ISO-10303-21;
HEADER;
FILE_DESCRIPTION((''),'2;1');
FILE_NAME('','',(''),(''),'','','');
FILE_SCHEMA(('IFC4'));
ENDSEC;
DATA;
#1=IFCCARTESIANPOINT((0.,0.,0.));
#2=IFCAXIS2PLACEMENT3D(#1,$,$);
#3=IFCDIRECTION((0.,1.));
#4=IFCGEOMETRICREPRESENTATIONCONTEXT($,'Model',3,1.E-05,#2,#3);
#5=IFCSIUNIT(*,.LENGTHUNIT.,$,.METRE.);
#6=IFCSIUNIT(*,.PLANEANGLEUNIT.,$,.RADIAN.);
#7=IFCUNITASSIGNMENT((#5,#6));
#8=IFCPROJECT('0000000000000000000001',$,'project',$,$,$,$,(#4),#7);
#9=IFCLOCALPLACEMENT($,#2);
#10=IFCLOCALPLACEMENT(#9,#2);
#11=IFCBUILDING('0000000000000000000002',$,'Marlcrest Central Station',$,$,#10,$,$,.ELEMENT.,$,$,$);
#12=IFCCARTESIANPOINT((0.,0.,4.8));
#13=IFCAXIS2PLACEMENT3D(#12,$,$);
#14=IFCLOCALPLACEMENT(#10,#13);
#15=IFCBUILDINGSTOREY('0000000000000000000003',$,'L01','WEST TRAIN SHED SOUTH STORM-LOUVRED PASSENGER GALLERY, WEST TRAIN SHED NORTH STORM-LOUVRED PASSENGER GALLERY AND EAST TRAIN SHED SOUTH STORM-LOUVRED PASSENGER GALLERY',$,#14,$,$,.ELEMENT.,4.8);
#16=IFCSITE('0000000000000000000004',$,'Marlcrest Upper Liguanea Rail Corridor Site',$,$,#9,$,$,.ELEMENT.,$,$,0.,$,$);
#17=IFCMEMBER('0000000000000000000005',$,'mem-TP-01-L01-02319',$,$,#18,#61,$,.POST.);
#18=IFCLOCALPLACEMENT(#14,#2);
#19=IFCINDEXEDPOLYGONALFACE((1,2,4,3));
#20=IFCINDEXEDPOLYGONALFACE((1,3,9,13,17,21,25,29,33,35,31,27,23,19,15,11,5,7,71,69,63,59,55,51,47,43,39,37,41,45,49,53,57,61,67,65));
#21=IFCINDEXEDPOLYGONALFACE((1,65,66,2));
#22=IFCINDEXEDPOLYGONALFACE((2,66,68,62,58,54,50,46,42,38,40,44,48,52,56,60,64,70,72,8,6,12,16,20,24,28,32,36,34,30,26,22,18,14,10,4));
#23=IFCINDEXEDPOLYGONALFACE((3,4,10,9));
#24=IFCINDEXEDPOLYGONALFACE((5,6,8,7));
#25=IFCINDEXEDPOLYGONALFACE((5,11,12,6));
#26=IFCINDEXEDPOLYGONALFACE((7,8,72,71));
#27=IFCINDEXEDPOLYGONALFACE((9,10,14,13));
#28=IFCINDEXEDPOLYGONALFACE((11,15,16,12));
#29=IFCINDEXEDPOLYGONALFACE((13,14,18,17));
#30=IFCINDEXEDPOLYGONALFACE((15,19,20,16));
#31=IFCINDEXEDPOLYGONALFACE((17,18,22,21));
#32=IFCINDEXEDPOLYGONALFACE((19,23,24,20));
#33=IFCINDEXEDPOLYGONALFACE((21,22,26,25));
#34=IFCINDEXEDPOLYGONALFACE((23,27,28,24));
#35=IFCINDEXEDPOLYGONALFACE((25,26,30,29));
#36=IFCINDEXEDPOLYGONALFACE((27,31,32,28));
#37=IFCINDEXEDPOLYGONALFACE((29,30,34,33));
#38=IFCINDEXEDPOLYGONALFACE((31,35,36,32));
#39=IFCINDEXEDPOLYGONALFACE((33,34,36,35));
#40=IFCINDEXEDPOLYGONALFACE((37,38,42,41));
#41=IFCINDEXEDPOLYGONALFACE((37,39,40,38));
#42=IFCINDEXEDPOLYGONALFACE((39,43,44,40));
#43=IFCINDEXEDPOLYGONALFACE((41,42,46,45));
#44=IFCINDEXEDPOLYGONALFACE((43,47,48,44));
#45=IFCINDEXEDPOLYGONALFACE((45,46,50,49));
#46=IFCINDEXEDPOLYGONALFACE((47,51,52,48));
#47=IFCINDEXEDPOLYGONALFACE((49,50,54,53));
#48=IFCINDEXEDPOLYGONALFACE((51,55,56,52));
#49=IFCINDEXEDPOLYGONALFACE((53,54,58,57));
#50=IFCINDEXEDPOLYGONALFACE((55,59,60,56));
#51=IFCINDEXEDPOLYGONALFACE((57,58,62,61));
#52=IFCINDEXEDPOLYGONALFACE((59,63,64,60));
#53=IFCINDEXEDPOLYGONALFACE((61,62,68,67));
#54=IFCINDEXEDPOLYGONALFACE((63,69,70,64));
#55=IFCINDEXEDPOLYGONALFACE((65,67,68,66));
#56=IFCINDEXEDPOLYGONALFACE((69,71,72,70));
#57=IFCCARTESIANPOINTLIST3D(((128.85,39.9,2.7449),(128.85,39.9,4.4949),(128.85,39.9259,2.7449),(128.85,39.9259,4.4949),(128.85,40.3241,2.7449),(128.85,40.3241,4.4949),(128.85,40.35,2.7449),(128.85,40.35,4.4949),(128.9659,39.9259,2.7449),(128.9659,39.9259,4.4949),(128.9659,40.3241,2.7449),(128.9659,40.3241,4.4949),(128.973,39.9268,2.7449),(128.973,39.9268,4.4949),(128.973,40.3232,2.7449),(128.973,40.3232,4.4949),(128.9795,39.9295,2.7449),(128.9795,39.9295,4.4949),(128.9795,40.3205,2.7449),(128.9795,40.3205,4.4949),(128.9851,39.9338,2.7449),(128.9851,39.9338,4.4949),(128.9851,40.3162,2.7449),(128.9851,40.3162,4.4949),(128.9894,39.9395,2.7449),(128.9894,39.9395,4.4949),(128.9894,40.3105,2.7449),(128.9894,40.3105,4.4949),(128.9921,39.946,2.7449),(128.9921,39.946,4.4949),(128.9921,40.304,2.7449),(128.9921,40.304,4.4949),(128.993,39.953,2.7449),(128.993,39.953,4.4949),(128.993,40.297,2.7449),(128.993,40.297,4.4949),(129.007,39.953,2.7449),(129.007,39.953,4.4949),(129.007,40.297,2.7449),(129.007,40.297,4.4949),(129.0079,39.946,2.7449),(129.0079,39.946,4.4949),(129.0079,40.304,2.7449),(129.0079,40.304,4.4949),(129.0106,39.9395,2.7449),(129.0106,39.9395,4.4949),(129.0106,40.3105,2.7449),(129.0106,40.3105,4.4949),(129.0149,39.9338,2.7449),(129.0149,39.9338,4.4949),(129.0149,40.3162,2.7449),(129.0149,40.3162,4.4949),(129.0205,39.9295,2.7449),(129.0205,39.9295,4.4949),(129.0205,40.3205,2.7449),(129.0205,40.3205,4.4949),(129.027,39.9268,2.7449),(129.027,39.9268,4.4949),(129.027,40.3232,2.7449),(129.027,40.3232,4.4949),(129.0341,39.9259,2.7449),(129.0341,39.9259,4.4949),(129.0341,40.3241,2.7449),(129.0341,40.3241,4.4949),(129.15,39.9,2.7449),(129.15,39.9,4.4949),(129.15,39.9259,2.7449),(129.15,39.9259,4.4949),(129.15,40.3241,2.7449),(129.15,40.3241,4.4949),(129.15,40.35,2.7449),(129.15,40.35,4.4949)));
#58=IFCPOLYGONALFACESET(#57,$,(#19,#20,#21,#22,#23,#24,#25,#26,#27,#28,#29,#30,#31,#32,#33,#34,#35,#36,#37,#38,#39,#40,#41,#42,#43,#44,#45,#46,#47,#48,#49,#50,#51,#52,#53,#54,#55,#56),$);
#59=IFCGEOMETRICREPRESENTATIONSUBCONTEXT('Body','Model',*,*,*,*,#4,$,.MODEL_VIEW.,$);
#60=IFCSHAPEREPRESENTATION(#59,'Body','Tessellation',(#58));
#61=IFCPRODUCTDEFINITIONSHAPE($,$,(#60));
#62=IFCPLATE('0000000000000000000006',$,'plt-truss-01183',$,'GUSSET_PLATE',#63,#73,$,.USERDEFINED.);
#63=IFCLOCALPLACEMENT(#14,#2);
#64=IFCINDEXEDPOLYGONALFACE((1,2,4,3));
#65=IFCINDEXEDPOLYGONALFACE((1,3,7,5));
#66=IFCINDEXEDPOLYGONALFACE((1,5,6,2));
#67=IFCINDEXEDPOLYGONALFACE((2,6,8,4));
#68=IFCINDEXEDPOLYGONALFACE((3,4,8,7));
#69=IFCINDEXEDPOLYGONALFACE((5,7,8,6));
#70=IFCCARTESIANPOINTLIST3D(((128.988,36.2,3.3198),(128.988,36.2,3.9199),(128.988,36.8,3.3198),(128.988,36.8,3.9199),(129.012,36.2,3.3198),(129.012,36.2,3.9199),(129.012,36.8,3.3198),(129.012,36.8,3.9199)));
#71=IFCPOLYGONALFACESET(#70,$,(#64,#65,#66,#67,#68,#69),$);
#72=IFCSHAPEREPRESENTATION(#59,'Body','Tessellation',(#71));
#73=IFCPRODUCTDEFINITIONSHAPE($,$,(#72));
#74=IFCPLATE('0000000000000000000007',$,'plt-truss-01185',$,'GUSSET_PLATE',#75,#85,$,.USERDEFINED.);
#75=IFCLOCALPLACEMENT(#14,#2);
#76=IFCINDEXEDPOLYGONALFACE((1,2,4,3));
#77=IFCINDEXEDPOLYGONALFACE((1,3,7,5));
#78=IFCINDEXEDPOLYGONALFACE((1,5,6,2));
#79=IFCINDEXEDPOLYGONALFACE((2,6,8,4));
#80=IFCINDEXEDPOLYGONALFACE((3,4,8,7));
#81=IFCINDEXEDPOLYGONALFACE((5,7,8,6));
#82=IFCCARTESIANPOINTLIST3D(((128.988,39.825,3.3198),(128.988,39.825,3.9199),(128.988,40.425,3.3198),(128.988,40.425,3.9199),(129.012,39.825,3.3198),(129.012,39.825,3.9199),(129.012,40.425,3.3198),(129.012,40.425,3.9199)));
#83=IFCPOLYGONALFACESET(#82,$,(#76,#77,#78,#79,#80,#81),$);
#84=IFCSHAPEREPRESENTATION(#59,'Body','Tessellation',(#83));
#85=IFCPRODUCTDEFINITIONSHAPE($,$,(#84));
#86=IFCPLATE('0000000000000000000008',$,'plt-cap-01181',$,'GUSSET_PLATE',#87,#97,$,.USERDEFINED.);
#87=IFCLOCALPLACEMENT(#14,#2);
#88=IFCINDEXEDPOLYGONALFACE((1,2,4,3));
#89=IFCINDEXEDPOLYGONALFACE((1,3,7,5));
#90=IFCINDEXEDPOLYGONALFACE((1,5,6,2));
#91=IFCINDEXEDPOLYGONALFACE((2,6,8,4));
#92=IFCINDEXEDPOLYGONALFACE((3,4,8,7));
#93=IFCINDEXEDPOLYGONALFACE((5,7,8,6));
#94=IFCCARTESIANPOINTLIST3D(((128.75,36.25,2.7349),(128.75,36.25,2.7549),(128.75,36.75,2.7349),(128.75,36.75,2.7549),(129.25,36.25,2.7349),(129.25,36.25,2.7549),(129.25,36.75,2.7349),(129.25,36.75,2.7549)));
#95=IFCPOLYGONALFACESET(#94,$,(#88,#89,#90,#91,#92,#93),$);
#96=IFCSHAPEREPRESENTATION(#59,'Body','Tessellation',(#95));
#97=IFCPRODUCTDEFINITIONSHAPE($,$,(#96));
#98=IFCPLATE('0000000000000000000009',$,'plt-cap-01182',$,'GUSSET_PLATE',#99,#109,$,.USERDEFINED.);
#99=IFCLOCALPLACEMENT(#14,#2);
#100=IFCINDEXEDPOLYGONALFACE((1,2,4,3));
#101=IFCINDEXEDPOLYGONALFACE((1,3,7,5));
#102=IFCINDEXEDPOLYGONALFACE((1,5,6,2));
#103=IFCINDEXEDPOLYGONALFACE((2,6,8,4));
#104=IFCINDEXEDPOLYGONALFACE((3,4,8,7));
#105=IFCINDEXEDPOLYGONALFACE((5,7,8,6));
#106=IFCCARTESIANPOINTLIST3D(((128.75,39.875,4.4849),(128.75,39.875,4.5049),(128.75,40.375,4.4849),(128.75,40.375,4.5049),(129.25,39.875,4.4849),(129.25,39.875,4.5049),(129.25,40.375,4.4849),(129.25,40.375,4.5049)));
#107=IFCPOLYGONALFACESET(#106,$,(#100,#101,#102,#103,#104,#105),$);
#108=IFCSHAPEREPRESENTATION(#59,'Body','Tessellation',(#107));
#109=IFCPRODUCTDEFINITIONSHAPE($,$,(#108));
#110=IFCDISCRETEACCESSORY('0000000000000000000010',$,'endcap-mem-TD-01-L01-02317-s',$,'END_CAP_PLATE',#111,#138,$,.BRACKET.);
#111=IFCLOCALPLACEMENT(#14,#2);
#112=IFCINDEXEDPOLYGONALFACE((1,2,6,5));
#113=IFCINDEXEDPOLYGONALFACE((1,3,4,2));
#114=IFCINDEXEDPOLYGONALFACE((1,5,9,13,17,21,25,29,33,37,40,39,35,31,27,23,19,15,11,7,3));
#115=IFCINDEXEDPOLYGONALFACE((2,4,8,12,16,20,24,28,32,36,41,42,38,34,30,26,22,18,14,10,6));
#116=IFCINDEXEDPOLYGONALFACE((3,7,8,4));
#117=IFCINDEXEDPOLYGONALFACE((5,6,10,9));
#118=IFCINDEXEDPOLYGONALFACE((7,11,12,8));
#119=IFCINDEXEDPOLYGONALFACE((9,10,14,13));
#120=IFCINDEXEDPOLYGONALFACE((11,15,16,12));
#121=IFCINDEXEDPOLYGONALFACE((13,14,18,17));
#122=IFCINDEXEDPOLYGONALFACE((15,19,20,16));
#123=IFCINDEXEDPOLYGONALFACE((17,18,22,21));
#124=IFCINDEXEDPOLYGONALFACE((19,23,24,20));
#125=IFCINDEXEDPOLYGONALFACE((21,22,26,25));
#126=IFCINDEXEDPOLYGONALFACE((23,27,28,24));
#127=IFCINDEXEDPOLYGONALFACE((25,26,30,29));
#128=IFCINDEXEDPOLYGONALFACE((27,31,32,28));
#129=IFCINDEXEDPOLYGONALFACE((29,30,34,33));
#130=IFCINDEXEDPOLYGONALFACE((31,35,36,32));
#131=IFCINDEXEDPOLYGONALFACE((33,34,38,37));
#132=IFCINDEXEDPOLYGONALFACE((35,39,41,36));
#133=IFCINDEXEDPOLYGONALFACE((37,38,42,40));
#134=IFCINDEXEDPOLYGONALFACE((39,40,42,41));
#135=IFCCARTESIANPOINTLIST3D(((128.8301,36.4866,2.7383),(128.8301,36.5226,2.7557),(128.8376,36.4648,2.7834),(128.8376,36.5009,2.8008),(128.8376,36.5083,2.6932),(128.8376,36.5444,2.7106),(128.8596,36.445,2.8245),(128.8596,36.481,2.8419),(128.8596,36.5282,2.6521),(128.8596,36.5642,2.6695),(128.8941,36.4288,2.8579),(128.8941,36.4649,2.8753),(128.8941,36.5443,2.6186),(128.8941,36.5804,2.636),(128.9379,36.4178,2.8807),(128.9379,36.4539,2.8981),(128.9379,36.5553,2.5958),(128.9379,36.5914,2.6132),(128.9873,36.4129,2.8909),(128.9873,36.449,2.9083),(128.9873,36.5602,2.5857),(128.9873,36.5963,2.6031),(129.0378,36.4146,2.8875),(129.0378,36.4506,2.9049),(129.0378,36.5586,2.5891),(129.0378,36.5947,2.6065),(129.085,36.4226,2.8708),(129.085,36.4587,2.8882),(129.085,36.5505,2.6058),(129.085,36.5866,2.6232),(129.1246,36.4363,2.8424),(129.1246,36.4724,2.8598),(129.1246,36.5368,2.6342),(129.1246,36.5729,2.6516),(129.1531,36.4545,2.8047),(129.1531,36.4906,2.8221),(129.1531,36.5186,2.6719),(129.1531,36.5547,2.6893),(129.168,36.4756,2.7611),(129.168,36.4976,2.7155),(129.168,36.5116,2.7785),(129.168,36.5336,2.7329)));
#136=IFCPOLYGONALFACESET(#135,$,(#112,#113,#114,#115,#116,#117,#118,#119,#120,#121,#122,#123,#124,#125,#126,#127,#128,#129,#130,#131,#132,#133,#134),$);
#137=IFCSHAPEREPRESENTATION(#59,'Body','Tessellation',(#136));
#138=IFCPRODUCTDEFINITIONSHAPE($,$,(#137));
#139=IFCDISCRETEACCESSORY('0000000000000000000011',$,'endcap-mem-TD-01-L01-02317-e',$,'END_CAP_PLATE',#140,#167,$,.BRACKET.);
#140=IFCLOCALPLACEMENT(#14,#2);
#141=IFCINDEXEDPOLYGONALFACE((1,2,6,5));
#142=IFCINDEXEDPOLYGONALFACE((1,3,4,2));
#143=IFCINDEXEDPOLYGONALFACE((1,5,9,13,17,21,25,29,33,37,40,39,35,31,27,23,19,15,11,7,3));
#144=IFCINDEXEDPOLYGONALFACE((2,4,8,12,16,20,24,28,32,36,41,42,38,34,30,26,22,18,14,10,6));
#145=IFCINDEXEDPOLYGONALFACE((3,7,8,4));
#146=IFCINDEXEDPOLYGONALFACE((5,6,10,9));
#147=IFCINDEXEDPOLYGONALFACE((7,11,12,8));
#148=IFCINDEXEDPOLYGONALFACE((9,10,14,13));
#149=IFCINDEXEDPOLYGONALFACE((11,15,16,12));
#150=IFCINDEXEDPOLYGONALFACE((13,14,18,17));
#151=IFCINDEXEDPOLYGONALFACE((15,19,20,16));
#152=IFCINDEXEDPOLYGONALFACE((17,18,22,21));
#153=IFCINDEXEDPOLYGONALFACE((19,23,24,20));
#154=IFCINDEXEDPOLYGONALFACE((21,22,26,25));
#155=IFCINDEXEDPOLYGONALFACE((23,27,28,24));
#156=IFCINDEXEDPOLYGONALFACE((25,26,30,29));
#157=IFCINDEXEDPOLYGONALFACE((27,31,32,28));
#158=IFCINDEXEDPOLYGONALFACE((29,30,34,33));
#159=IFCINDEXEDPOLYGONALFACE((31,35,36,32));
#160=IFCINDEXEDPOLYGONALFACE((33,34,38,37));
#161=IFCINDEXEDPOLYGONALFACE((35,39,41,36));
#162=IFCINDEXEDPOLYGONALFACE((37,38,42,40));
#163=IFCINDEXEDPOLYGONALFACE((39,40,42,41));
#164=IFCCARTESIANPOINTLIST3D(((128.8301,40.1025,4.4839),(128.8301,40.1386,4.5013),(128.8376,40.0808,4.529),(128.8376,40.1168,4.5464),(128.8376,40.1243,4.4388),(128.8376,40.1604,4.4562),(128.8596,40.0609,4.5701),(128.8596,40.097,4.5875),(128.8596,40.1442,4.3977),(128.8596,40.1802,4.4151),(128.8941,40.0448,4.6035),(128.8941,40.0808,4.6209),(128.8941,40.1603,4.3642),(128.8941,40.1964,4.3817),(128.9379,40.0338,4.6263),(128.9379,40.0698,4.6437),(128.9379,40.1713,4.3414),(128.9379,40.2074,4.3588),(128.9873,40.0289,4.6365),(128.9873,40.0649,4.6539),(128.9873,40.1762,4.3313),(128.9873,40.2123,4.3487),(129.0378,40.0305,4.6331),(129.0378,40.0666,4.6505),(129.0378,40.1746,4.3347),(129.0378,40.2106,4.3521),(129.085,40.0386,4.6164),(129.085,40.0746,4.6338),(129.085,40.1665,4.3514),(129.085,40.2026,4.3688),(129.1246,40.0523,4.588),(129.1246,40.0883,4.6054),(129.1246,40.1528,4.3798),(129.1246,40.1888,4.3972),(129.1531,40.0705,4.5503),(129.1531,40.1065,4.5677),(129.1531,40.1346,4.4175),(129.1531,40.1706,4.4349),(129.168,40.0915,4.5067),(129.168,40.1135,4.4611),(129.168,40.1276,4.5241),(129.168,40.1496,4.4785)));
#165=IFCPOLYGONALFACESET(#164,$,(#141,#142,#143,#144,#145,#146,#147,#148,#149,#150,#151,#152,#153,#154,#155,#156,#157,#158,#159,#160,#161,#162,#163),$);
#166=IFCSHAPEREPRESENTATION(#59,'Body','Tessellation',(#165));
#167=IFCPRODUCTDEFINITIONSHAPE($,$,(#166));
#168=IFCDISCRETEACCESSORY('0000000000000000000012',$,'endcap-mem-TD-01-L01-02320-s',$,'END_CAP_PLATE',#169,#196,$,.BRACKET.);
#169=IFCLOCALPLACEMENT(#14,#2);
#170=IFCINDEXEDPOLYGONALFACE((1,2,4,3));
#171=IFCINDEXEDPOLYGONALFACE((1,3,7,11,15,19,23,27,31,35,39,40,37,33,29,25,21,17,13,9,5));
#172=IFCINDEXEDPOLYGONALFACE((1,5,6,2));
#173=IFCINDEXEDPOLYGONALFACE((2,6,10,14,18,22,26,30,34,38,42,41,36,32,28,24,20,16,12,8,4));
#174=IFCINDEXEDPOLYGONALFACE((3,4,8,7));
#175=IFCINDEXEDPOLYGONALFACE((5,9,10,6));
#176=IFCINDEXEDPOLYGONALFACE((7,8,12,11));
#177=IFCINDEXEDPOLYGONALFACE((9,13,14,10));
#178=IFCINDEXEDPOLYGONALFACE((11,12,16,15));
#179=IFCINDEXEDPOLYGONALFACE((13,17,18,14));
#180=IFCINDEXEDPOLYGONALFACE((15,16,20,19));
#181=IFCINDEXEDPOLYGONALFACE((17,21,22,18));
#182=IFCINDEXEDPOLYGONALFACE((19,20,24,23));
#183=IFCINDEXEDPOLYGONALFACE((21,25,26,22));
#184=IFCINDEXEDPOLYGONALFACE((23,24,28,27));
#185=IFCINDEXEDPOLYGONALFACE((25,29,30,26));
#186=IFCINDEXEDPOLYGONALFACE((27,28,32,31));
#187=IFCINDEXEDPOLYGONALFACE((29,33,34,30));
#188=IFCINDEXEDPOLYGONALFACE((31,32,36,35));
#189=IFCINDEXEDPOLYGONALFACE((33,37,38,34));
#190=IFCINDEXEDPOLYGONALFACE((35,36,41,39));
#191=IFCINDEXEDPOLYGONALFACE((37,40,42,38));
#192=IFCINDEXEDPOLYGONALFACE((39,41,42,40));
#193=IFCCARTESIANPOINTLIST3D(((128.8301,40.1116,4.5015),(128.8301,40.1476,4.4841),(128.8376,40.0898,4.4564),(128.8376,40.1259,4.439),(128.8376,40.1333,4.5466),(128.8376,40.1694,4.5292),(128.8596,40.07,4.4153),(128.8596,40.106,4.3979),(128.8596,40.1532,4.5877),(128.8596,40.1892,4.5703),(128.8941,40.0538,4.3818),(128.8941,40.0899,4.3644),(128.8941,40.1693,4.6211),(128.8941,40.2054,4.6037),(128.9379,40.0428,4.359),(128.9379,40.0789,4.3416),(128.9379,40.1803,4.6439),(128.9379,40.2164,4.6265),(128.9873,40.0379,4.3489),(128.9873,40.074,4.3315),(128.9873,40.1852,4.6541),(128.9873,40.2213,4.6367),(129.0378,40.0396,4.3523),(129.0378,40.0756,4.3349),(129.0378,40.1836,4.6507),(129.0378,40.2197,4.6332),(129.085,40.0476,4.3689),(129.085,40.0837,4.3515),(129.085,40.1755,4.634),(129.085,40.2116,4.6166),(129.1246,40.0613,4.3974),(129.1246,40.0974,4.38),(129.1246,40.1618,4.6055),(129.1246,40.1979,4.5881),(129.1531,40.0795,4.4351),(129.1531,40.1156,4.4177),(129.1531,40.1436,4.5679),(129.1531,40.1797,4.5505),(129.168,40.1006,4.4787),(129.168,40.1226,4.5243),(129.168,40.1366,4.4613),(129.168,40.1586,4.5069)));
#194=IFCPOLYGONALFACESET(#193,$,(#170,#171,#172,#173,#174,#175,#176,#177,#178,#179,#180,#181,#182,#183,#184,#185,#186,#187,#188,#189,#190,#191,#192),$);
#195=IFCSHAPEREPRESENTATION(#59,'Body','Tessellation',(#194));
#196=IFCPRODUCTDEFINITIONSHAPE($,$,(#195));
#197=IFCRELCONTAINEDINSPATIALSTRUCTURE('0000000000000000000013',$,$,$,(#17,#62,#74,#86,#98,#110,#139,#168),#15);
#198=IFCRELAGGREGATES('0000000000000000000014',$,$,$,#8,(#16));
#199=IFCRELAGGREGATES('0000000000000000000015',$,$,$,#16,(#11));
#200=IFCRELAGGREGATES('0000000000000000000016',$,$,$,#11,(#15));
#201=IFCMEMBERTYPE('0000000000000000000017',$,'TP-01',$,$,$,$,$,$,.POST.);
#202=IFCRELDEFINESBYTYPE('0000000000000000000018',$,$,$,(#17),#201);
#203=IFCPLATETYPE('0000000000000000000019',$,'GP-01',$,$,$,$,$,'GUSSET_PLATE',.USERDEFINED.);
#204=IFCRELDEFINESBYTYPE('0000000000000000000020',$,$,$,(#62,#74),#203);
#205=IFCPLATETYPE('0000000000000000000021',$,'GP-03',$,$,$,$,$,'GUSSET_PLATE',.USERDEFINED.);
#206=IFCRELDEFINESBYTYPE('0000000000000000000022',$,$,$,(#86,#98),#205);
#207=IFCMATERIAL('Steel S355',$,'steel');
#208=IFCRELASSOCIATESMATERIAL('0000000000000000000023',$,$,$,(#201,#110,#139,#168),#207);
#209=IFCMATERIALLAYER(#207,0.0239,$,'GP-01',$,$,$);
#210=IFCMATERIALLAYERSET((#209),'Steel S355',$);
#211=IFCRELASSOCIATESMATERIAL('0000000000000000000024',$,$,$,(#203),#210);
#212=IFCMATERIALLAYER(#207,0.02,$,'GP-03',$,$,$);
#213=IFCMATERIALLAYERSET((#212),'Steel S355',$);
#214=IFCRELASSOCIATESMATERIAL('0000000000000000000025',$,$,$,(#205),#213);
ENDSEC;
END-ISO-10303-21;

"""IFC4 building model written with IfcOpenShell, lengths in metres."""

from ifc_helpers import new_model, si_unit, direction, frame, origin, origin_2d, place, context, subcontext, project, spatial, rectangle, circle, i_section, extrude, material, layer, layer_set, material_profile, profile_set, type_object, element, save


model = new_model("IFC4")

# Units and contexts
model_context = context("Model", 3, precision=1e-05, world=origin(), true_north=direction((0.0, 1.0)))
body_context = subcontext(model_context, "Body", "Model", "MODEL_VIEW")
ifc_project = project(units=[si_unit("LENGTHUNIT", "METRE"), si_unit("PLANEANGLEUNIT", "RADIAN")], contexts=[model_context])

# Site, building, storey
site_placement = place(None, origin())
site = spatial("IfcSite", under=ifc_project, at=site_placement, Name="Marlcrest Upper Liguanea Rail Corridor Site", CompositionType="ELEMENT", RefElevation=0.0)
building_placement = place(site_placement, origin())
building = spatial("IfcBuilding", under=site, at=building_placement, Name="Marlcrest Central Station", CompositionType="ELEMENT")
storey_placement = place(building_placement, frame((0.0, 0.0, 4.8)))
storey = spatial("IfcBuildingStorey", under=building, at=storey_placement, Name="L01", Description="WEST TRAIN SHED SOUTH STORM-LOUVRED PASSENGER GALLERY, WEST TRAIN SHED NORTH STORM-LOUVRED PASSENGER GALLERY AND EAST TRAIN SHED SOUTH STORM-LOUVRED PASSENGER GALLERY", CompositionType="ELEMENT", Elevation=4.8)

# Shared definitions
ifc_material_1 = material(Name="Steel S355", Category="steel")

# Member
ifc_material_profile_1 = material_profile(ifc_material_1, i_section(OverallWidth=0.3, OverallDepth=0.45, WebThickness=0.0139, FlangeThickness=0.0259, FilletRadius=0.0271, at=origin_2d()), Name="HEB 450")
ifc_profile_set_1 = profile_set([ifc_material_profile_1], Name="Steel S355")
member_type_1 = type_object("IfcMemberType", Name="TP-01", PredefinedType="POST", material=ifc_profile_set_1)
for number, where, z_axis, x_axis, name in (
    (1, (129.0, 40.125, 2.7449), (0.0, 0.0, 1.0), (1.0, 0.0, 0.0), "mem-TP-01-L01-02319"),
):
    element("IfcMember", number, at=place(storey_placement, frame(where, z_axis=z_axis, x_axis=x_axis)), inside=storey, type_object=member_type_1, Name=name, PredefinedType="POST", context=body_context, shape_type="SweptSolid", body=[
        extrude(i_section(OverallWidth=0.3, OverallDepth=0.45, WebThickness=0.0139, FlangeThickness=0.0259, FilletRadius=0.0271, at=origin_2d()), origin(), (0.0, 0.0, 1.0), 1.75),
    ])

# Plates
ifc_layer_1 = layer(ifc_material_1, 0.0239, Name="GP-01")
ifc_layer_set_1 = layer_set([ifc_layer_1], Name="Steel S355")
plate_type_1 = type_object("IfcPlateType", Name="GP-01", ElementType="GUSSET_PLATE", PredefinedType="USERDEFINED", material=ifc_layer_set_1)
for number, where, z_axis, x_axis, name in (
    (2, (129.0, 36.5, 3.3198), (0.0, 0.0, 1.0), (1.0, 0.0, 0.0), "plt-truss-01183"),
    (3, (129.0, 40.125, 3.3198), (0.0, 0.0, 1.0), (1.0, 0.0, 0.0), "plt-truss-01185"),
):
    element("IfcPlate", number, at=place(storey_placement, frame(where, z_axis=z_axis, x_axis=x_axis)), inside=storey, type_object=plate_type_1, Name=name, ObjectType="GUSSET_PLATE", PredefinedType="USERDEFINED", context=body_context, shape_type="SweptSolid", body=[
        extrude(rectangle(XDim=0.0239, YDim=0.6001, at=origin_2d()), origin(), (0.0, 0.0, 1.0), 0.6001),
    ])
ifc_layer_2 = layer(ifc_material_1, 0.02, Name="GP-03")
ifc_layer_set_2 = layer_set([ifc_layer_2], Name="Steel S355")
plate_type_2 = type_object("IfcPlateType", Name="GP-03", ElementType="GUSSET_PLATE", PredefinedType="USERDEFINED", material=ifc_layer_set_2)
for number, where, z_axis, x_axis, name in (
    (4, (129.0, 36.5, 2.7349), (0.0, 0.0, 1.0), (1.0, 0.0, 0.0), "plt-cap-01181"),
    (5, (129.0, 40.125, 4.4849), (0.0, 0.0, 1.0), (1.0, 0.0, 0.0), "plt-cap-01182"),
):
    element("IfcPlate", number, at=place(storey_placement, frame(where, z_axis=z_axis, x_axis=x_axis)), inside=storey, type_object=plate_type_2, Name=name, ObjectType="GUSSET_PLATE", PredefinedType="USERDEFINED", context=body_context, shape_type="SweptSolid", body=[
        extrude(rectangle(XDim=0.5, YDim=0.5, at=origin_2d()), origin(), (0.0, 0.0, 1.0), 0.02),
    ])

# Discrete accessories
for number, where, z_axis, x_axis, name in (
    (6, (129.0, 36.4866, 2.7383), (0.0, 0.900552, 0.434749), (-1.0, 0.0, 0.0), "endcap-mem-TD-01-L01-02317-s"),
    (7, (129.0, 40.1025, 4.4839), (0.0, 0.900552, 0.434749), (-1.0, 0.0, 0.0), "endcap-mem-TD-01-L01-02317-e"),
    (8, (129.0, 40.1116, 4.5015), (0.0, 0.900552, -0.434749), (-1.0, 0.0, 0.0), "endcap-mem-TD-01-L01-02320-s"),
):
    element("IfcDiscreteAccessory", number, at=place(storey_placement, frame(where, z_axis=z_axis, x_axis=x_axis)), inside=storey, material=ifc_material_1, Name=name, ObjectType="END_CAP_PLATE", PredefinedType="BRACKET", context=body_context, shape_type="SweptSolid", body=[
        extrude(circle(Radius=0.1699, at=origin_2d()), origin(), (0.0, 0.0, 1.0), 0.04),
    ])

save(model, "model.ifc")
